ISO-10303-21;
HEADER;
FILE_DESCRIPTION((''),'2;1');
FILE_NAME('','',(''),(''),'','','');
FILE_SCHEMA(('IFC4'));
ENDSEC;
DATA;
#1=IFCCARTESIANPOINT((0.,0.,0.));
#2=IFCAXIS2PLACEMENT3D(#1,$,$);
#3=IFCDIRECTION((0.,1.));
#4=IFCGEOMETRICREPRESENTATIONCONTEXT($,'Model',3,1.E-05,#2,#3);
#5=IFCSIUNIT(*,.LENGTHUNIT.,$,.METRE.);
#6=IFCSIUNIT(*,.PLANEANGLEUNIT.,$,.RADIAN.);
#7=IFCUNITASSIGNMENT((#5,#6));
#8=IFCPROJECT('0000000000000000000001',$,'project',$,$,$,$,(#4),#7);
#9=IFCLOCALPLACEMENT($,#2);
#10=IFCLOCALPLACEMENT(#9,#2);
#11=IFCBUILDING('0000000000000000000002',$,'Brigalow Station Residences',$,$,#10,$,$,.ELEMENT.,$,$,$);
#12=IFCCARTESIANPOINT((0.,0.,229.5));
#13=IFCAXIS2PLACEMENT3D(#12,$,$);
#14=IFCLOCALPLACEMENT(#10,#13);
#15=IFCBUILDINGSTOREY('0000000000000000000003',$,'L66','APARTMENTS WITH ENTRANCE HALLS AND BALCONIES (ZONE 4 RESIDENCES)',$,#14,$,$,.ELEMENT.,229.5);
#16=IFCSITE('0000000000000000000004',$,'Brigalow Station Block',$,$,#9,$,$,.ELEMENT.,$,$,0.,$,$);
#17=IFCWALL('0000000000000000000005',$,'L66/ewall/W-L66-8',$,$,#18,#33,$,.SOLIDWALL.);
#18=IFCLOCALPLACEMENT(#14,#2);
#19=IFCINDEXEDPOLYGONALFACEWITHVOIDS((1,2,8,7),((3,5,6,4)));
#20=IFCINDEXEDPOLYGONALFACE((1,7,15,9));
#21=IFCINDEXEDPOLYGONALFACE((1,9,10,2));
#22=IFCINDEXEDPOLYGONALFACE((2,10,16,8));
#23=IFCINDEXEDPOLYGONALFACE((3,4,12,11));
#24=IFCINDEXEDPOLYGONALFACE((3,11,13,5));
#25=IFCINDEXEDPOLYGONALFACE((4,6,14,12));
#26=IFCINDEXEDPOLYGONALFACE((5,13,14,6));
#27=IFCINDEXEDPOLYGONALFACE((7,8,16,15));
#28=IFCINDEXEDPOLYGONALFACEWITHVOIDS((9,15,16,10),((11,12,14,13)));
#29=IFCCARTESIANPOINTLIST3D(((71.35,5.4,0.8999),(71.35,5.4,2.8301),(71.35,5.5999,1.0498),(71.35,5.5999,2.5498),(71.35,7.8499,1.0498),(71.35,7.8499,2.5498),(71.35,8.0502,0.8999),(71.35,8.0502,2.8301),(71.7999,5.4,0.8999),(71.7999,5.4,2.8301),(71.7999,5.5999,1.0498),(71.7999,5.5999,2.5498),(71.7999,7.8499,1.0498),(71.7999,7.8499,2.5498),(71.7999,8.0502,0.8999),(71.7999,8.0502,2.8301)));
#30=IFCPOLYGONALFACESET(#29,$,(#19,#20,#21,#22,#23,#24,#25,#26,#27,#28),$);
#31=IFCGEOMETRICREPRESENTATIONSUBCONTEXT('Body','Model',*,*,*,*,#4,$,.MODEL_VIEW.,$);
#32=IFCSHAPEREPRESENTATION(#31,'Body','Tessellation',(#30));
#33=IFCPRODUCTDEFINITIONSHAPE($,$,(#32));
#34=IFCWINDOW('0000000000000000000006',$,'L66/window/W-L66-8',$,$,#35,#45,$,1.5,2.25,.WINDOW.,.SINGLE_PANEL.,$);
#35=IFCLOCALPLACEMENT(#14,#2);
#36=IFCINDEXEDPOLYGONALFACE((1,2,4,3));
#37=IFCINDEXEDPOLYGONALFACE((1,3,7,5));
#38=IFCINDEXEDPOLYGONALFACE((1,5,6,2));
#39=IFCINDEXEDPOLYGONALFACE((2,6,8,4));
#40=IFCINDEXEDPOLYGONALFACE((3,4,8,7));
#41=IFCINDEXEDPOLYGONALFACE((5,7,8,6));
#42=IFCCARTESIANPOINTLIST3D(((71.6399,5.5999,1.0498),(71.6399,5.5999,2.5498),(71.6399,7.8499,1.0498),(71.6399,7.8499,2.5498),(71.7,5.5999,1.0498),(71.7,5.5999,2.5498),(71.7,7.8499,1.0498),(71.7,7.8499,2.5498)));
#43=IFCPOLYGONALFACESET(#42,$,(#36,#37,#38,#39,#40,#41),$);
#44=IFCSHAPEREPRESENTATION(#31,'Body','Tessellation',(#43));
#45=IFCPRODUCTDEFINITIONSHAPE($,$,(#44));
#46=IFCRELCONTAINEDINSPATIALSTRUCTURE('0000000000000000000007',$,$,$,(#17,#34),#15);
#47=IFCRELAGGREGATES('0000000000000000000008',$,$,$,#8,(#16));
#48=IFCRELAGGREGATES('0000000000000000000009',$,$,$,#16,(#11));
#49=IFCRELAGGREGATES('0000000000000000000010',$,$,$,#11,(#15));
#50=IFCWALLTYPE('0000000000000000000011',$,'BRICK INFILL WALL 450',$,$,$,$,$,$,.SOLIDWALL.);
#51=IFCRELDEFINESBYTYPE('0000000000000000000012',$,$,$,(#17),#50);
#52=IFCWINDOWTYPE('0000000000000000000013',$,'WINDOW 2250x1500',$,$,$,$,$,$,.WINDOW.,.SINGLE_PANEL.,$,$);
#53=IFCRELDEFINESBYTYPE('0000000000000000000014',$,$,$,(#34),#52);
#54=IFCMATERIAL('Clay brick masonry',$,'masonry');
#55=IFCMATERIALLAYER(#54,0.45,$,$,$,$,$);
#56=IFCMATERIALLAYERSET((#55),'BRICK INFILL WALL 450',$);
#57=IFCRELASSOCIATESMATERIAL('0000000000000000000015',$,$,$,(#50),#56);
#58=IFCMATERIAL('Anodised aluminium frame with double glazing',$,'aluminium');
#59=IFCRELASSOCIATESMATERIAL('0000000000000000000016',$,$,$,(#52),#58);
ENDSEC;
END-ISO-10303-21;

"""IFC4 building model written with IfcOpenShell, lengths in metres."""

from ifc_helpers import new_model, si_unit, direction, frame, frame_2d, origin, place, context, subcontext, project, spatial, rectangle, extrude, material, layer, layer_set, type_object, element, fill, save


model = new_model("IFC4")

# Units and contexts
model_context = context("Model", 3, precision=1e-05, world=origin(), true_north=direction((0.0, 1.0)))
body_context = subcontext(model_context, "Body", "Model", "MODEL_VIEW")
ifc_project = project(units=[si_unit("LENGTHUNIT", "METRE"), si_unit("PLANEANGLEUNIT", "RADIAN")], contexts=[model_context])

# Site, building, storey
site_placement = place(None, origin())
site = spatial("IfcSite", under=ifc_project, at=site_placement, Name="Brigalow Station Block", CompositionType="ELEMENT", RefElevation=0.0)
building_placement = place(site_placement, origin())
building = spatial("IfcBuilding", under=site, at=building_placement, Name="Brigalow Station Residences", CompositionType="ELEMENT")
storey_placement = place(building_placement, frame((0.0, 0.0, 229.5)))
storey = spatial("IfcBuildingStorey", under=building, at=storey_placement, Name="L66", Description="APARTMENTS WITH ENTRANCE HALLS AND BALCONIES (ZONE 4 RESIDENCES)", CompositionType="ELEMENT", Elevation=229.5)

# Wall, opening, window
ifc_material_1 = material(Name="Clay brick masonry", Category="masonry")
ifc_layer = layer(ifc_material_1, 0.45)
ifc_layer_set = layer_set([ifc_layer], Name="BRICK INFILL WALL 450")
wall_type = type_object("IfcWallType", Name="BRICK INFILL WALL 450", PredefinedType="SOLIDWALL", material=ifc_layer_set)
wall_1_placement = place(storey_placement, frame((71.575, 5.3999, 0.8999), z_axis=(0.0, 0.0, 1.0), x_axis=(0.0, 1.0, 0.0)))
wall_1 = element("IfcWall", 1, at=wall_1_placement, inside=storey, type_object=wall_type, Name="L66/ewall/W-L66-8", PredefinedType="SOLIDWALL", context=body_context, shape_type="SweptSolid", body=[
    extrude(rectangle(XDim=2.6501, YDim=0.45, at=frame_2d((1.3252, 0.0))), origin(), (0.0, 0.0, 1.0), 1.9302),
])
opening_1_placement = place(wall_1_placement, frame((0.2, 0.0, 0.1499)))
opening_1 = element("IfcOpeningElement", 2, at=opening_1_placement, cuts=wall_1, PredefinedType="OPENING", context=body_context, shape_type="SweptSolid", body=[
    extrude(rectangle(XDim=2.25, YDim=1.5, at=frame_2d((1.125, 0.75))), frame((0.0, 0.2349, 0.0), z_axis=(0.0, -1.0, 0.0), x_axis=(1.0, 0.0, 0.0)), (0.0, 0.0, 1.0), 0.47),
])
ifc_material_2 = material(Name="Anodised aluminium frame with double glazing", Category="aluminium")
window_type_1 = type_object("IfcWindowType", Name="WINDOW 2250x1500", PartitioningType="SINGLE_PANEL", PredefinedType="WINDOW", material=ifc_material_2)
window_1_placement = place(opening_1_placement, origin())
window_1 = element("IfcWindow", 3, at=window_1_placement, inside=storey, type_object=window_type_1, Name="L66/window/W-L66-8", OverallHeight=1.5, OverallWidth=2.25, PartitioningType="SINGLE_PANEL", PredefinedType="WINDOW", context=body_context, shape_type="SweptSolid", body=[
    extrude(rectangle(XDim=2.25, YDim=1.5, at=frame_2d((1.125, 0.75))), frame((0.0, -0.0649, 0.0), z_axis=(0.0, -1.0, 0.0), x_axis=(1.0, 0.0, 0.0)), (0.0, 0.0, 1.0), 0.0601),
])
fill(opening_1, window_1)

save(model, "model.ifc")
